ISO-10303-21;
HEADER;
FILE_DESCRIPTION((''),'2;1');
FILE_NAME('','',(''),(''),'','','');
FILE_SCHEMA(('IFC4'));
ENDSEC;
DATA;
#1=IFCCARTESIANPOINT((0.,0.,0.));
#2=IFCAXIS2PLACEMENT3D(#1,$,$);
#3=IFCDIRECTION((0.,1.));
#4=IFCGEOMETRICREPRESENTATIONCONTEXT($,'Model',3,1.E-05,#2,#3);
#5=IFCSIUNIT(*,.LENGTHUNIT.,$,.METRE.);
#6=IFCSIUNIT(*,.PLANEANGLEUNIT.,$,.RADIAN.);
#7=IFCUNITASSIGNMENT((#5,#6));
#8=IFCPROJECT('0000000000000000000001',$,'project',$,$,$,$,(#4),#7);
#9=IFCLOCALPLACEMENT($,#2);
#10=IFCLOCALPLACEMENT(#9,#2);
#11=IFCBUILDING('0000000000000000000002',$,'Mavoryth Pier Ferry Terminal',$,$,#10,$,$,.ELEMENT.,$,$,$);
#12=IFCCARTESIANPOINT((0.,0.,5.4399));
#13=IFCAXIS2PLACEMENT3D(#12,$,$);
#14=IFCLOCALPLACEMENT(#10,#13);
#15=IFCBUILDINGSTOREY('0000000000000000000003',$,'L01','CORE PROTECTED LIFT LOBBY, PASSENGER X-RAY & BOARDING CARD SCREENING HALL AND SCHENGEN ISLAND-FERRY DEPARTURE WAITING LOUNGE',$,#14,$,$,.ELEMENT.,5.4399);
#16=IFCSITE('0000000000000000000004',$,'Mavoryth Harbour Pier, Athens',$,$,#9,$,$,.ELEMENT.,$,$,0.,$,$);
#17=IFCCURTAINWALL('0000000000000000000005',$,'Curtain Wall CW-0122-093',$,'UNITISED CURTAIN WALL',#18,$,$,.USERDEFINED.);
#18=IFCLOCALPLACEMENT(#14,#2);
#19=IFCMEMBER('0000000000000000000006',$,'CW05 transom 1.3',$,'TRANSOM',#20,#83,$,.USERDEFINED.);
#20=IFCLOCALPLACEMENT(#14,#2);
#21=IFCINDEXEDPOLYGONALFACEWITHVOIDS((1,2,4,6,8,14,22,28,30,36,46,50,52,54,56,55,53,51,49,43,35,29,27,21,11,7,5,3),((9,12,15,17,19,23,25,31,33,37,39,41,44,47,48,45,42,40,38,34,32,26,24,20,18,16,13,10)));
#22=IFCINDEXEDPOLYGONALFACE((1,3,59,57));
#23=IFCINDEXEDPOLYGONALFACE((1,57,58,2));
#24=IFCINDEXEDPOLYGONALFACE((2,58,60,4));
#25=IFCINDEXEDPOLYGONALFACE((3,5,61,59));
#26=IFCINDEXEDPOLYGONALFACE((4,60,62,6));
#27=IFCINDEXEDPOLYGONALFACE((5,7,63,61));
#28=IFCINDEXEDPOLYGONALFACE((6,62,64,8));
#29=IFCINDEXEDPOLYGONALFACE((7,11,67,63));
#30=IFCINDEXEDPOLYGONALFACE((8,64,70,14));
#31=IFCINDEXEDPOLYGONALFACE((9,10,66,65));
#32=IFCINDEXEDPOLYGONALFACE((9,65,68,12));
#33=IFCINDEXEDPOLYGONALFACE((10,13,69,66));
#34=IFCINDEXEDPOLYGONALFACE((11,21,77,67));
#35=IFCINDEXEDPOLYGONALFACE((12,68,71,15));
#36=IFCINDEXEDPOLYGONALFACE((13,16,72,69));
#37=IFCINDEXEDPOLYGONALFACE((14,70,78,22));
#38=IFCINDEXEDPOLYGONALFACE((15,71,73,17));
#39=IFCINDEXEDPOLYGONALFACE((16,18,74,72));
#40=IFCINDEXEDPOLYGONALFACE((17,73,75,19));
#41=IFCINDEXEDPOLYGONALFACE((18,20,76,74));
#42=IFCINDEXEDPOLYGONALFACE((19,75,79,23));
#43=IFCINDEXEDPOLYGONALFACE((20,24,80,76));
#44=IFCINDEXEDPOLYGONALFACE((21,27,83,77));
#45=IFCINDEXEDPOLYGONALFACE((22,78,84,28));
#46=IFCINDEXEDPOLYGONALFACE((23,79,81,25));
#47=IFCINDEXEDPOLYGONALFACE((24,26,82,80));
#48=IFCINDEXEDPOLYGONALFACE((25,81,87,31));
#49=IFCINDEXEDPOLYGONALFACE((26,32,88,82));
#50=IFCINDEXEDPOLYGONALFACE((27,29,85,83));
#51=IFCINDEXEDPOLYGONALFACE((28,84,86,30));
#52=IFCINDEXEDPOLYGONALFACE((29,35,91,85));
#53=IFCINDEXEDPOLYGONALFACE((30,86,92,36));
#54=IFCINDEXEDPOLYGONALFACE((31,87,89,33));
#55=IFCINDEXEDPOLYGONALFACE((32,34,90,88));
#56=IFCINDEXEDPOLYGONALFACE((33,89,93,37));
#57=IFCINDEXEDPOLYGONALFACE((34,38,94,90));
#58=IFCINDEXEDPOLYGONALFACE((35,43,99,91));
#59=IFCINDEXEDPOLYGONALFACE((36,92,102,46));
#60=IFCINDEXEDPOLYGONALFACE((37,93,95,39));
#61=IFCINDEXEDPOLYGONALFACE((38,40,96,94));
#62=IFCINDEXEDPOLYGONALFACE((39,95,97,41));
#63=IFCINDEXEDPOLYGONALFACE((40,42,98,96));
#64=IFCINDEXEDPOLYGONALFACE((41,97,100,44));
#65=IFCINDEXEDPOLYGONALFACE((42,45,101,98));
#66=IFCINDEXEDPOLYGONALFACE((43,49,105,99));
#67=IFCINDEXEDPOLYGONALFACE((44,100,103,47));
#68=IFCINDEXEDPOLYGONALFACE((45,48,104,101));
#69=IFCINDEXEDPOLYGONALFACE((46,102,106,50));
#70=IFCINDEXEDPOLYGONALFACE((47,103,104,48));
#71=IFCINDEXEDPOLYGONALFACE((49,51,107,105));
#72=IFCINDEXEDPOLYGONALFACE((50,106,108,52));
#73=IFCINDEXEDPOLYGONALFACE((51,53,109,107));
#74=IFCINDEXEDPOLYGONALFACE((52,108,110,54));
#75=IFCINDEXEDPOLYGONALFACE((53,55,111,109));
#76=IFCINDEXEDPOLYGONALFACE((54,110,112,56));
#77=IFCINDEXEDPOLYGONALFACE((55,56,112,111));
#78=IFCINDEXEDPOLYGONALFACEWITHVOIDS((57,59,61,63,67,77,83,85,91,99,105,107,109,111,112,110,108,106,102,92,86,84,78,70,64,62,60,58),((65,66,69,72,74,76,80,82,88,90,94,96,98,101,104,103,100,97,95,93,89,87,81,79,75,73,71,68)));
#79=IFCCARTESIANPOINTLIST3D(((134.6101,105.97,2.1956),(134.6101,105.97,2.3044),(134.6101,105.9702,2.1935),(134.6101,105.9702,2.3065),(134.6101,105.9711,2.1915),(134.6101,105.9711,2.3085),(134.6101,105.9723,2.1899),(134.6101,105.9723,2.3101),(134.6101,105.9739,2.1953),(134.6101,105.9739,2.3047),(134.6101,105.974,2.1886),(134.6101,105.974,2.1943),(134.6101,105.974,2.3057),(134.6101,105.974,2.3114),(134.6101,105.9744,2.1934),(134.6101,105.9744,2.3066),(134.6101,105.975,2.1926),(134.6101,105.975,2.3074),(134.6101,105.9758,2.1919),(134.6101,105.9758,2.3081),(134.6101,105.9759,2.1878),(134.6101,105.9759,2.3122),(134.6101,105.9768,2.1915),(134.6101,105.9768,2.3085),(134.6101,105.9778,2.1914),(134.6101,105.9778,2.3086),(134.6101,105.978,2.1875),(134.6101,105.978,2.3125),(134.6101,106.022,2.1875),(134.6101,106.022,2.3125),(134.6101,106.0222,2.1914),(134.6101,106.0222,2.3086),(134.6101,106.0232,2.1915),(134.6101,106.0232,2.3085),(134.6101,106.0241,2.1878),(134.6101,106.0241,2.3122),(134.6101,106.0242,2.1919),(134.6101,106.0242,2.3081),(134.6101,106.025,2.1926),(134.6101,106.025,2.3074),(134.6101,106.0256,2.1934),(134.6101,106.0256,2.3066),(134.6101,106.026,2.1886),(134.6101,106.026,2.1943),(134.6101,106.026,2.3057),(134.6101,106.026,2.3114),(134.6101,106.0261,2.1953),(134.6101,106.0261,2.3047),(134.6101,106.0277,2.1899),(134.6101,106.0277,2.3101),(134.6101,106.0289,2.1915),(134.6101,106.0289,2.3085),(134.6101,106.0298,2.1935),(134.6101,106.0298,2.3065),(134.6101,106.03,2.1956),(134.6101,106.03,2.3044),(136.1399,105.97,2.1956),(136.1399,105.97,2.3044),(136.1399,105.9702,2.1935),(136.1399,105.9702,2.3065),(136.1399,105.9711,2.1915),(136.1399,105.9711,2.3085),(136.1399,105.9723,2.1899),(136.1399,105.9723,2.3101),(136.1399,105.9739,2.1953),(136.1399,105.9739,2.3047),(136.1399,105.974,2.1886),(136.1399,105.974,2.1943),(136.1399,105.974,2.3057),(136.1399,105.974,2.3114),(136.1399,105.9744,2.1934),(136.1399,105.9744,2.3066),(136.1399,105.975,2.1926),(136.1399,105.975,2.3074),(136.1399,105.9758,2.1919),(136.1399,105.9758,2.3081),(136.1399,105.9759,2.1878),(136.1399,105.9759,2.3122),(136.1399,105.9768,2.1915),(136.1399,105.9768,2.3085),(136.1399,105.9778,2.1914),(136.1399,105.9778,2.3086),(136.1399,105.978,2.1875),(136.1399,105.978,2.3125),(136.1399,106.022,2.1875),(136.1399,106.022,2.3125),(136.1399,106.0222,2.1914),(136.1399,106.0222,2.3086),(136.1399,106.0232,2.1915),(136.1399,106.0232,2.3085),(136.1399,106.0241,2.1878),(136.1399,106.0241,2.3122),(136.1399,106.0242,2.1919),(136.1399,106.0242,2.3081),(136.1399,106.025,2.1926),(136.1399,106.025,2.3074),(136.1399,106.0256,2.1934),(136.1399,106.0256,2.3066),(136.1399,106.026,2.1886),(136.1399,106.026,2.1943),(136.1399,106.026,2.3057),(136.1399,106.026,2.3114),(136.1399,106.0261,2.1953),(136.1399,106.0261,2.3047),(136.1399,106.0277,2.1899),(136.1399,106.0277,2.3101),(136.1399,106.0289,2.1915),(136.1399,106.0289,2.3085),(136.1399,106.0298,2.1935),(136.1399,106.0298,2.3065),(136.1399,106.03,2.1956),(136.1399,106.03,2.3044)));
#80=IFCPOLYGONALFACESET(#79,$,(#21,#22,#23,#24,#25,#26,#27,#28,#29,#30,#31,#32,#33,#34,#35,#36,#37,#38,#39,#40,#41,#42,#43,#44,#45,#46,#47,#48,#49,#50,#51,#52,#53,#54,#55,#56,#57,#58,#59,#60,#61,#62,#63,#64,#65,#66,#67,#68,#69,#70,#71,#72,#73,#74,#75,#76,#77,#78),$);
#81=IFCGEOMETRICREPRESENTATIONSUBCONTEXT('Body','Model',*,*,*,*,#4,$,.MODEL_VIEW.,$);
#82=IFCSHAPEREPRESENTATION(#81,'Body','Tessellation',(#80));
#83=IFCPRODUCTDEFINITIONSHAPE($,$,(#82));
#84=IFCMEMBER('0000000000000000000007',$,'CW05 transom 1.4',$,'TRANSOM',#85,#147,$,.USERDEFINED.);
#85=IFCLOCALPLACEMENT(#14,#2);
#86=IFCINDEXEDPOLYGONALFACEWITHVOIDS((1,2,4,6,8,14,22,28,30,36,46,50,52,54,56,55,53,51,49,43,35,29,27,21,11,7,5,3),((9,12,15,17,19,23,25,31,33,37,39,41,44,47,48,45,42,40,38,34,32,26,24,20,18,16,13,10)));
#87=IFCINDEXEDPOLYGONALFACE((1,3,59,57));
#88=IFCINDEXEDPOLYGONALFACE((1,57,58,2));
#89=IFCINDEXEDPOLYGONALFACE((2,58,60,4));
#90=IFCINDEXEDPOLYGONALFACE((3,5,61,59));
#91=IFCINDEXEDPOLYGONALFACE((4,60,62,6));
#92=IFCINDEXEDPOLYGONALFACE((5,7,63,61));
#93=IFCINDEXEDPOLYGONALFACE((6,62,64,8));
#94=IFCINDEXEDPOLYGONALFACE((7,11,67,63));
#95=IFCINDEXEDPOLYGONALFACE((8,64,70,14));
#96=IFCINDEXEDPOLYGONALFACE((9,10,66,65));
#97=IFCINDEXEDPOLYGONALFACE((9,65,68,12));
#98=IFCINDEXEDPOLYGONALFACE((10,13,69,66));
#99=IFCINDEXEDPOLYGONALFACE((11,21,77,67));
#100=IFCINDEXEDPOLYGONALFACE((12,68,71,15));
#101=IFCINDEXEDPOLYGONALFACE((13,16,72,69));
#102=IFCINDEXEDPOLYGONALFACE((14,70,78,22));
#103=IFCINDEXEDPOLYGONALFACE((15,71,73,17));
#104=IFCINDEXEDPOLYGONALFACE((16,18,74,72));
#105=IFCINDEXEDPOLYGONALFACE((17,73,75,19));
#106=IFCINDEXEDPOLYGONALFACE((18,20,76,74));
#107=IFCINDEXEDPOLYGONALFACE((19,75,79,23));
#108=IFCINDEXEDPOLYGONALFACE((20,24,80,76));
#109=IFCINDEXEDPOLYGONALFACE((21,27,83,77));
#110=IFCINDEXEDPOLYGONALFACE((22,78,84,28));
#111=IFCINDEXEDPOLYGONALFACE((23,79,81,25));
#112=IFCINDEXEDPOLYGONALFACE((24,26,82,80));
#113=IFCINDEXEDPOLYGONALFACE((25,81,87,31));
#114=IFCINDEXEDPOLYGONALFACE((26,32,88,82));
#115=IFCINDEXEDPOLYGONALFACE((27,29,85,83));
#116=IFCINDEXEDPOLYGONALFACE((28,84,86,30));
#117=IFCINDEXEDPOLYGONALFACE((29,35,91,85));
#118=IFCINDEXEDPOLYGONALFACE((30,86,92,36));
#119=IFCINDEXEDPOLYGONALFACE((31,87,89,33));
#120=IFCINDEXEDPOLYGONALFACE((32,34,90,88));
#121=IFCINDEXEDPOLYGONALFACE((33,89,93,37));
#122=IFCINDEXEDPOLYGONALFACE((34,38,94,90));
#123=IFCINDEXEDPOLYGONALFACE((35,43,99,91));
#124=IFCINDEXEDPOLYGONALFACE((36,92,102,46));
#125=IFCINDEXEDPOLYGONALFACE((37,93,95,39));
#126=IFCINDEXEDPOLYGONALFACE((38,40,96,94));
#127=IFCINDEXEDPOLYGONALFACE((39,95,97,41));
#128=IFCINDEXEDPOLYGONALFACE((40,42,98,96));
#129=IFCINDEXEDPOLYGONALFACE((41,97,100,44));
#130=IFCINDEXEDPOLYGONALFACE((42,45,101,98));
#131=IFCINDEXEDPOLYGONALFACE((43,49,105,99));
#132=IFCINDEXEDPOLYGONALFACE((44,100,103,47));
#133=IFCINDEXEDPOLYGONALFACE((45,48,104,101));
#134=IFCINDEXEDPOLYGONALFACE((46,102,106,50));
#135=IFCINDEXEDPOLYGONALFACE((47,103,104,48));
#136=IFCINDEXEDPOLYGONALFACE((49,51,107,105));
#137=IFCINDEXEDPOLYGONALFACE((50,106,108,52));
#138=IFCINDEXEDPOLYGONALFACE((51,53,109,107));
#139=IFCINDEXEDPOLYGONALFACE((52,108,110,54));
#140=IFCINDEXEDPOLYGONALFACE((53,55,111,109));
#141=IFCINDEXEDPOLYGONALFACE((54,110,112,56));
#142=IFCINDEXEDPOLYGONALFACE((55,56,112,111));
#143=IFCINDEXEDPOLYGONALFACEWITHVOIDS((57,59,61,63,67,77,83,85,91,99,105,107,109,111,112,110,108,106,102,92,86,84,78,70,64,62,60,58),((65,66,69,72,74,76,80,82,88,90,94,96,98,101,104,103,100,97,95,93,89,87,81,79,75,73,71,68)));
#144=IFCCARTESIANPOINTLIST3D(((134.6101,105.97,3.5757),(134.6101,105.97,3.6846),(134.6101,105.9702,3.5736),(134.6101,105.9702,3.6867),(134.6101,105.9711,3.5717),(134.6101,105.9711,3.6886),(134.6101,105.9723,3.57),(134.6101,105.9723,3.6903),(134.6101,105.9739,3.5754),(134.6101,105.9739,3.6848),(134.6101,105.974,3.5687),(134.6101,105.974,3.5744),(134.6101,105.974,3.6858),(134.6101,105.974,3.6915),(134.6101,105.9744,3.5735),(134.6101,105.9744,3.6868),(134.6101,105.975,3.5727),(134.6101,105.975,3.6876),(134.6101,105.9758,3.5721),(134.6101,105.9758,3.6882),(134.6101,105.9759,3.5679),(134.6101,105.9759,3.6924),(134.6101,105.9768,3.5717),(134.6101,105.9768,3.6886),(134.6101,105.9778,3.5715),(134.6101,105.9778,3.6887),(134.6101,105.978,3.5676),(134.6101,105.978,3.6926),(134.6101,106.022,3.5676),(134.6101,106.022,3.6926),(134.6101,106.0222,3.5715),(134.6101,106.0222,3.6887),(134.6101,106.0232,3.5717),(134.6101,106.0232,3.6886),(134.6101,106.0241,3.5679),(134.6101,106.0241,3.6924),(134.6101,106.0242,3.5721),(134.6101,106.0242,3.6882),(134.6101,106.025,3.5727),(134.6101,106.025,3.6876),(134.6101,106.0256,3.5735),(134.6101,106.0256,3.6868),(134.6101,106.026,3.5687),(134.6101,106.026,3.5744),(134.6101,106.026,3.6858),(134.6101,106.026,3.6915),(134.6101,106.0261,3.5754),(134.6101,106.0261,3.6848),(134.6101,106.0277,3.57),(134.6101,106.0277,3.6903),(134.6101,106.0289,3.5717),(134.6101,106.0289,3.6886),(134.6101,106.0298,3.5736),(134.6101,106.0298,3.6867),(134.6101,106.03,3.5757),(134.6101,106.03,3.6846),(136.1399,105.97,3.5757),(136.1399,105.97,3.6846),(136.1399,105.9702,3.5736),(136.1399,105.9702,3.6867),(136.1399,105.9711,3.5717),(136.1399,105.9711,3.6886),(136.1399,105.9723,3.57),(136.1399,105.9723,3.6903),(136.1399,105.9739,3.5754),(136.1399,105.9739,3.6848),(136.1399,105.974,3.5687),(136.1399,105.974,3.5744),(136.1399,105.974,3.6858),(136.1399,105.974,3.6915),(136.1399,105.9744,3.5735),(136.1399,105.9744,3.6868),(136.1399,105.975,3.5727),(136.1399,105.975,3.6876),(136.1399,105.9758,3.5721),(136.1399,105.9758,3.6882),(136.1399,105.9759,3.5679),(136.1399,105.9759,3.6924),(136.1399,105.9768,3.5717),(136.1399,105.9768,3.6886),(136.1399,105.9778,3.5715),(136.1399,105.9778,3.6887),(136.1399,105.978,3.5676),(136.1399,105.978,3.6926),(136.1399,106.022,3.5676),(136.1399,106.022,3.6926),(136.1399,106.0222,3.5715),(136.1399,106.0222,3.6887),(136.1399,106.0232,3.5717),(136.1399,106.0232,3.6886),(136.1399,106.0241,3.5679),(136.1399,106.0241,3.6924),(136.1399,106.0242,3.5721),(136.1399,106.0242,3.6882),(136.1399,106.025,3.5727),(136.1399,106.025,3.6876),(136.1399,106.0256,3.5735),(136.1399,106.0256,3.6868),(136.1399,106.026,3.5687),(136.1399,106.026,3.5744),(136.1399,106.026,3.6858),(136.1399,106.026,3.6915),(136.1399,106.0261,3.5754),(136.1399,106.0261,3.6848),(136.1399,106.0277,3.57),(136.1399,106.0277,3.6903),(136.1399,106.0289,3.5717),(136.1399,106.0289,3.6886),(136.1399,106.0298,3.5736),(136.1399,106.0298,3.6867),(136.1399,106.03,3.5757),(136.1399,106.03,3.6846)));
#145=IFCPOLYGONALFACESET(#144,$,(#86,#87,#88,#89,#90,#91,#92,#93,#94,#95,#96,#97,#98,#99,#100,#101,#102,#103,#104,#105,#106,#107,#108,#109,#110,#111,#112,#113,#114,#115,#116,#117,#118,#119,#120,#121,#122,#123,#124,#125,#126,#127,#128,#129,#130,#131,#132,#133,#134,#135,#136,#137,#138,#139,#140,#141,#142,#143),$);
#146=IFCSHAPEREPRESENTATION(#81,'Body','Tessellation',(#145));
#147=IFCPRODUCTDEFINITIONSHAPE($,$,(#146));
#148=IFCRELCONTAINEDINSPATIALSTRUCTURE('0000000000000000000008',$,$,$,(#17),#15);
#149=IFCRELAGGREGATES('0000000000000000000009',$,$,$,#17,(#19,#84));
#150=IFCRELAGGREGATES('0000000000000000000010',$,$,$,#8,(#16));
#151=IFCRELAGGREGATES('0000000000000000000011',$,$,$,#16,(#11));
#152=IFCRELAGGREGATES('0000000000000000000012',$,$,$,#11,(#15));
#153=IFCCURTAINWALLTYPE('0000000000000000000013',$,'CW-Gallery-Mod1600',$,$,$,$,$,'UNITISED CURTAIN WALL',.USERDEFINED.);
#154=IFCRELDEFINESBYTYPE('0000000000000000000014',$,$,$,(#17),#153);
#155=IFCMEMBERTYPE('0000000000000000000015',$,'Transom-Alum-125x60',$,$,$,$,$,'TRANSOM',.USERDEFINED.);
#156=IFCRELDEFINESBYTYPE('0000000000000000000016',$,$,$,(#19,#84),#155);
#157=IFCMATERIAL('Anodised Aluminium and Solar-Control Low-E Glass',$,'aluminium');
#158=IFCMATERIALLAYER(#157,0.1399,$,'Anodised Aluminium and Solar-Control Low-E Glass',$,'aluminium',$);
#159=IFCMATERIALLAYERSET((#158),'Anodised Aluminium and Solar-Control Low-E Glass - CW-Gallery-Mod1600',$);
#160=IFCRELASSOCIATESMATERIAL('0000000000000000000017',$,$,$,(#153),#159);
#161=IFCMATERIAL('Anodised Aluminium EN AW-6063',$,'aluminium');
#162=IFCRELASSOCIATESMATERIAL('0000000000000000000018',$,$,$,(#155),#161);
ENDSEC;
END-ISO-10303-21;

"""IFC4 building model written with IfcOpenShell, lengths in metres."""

from ifc_helpers import new_model, si_unit, direction, frame, origin, origin_2d, place, context, subcontext, project, spatial, hollow_rectangle, extrude, material, layer, layer_set, material_profile, profile_set, type_object, element, aggregate, save


model = new_model("IFC4")

# Units and contexts
model_context = context("Model", 3, precision=1e-05, world=origin(), true_north=direction((0.0, 1.0)))
body_context = subcontext(model_context, "Body", "Model", "MODEL_VIEW")
ifc_project = project(units=[si_unit("LENGTHUNIT", "METRE"), si_unit("PLANEANGLEUNIT", "RADIAN")], contexts=[model_context])

# Site, building, storey
site_placement = place(None, origin())
site = spatial("IfcSite", under=ifc_project, at=site_placement, Name="Mavoryth Harbour Pier, Athens", CompositionType="ELEMENT", RefElevation=0.0)
building_placement = place(site_placement, origin())
building = spatial("IfcBuilding", under=site, at=building_placement, Name="Mavoryth Pier Ferry Terminal", CompositionType="ELEMENT")
storey_placement = place(building_placement, frame((0.0, 0.0, 5.4399)))
storey = spatial("IfcBuildingStorey", under=building, at=storey_placement, Name="L01", Description="CORE PROTECTED LIFT LOBBY, PASSENGER X-RAY & BOARDING CARD SCREENING HALL AND SCHENGEN ISLAND-FERRY DEPARTURE WAITING LOUNGE", CompositionType="ELEMENT", Elevation=5.4399)

# Curtain wall
ifc_material_1 = material(Name="Anodised Aluminium and Solar-Control Low-E Glass", Category="aluminium")
ifc_layer_1 = layer(ifc_material_1, 0.1399, Name="Anodised Aluminium and Solar-Control Low-E Glass", Category="aluminium")
ifc_layer_set_1 = layer_set([ifc_layer_1], Name="Anodised Aluminium and Solar-Control Low-E Glass - CW-Gallery-Mod1600")
curtain_wall_type = type_object("IfcCurtainWallType", Name="CW-Gallery-Mod1600", ElementType="UNITISED CURTAIN WALL", PredefinedType="USERDEFINED", material=ifc_layer_set_1)
ifc_material_2 = material(Name="Anodised Aluminium EN AW-6063", Category="aluminium")
curtain_wall_1_placement = place(storey_placement, origin())
curtain_wall_1 = element("IfcCurtainWall", 1, at=curtain_wall_1_placement, inside=storey, type_object=curtain_wall_type, Name="Curtain Wall CW-0122-093", ObjectType="UNITISED CURTAIN WALL", PredefinedType="USERDEFINED")

# Members
ifc_material_profile_1 = material_profile(ifc_material_2, hollow_rectangle(XDim=0.0601, YDim=0.125, WallThickness=0.0039, InnerFilletRadius=0.0039, OuterFilletRadius=0.0081, at=origin_2d()), Name="AL-TRAN 125x60x4", Category="aluminium")
ifc_profile_set_1 = profile_set([ifc_material_profile_1], Name="Anodised Aluminium EN AW-6063 - AL-TRAN 125x60x4")
member_type_1 = type_object("IfcMemberType", Name="Transom-Alum-125x60", ElementType="TRANSOM", PredefinedType="USERDEFINED", material=ifc_profile_set_1)
member_1_placement = place(storey_placement, frame((134.6101, 106.0, 2.25), z_axis=(1.0, 0.0, 0.0), x_axis=(0.0, 1.0, 0.0)))
member_1 = element("IfcMember", 2, at=member_1_placement, type_object=member_type_1, Name="CW05 transom 1.3", ObjectType="TRANSOM", PredefinedType="USERDEFINED", context=body_context, shape_type="SweptSolid", body=[
    extrude(hollow_rectangle(XDim=0.0601, YDim=0.125, WallThickness=0.0039, InnerFilletRadius=0.0039, OuterFilletRadius=0.0081, at=origin_2d()), origin(), (0.0, 0.0, 1.0), 1.5298),
])
member_2_placement = place(storey_placement, frame((134.6101, 106.0, 3.6301), z_axis=(1.0, 0.0, 0.0), x_axis=(0.0, 1.0, 0.0)))
member_2 = element("IfcMember", 3, at=member_2_placement, type_object=member_type_1, Name="CW05 transom 1.4", ObjectType="TRANSOM", PredefinedType="USERDEFINED", context=body_context, shape_type="SweptSolid", body=[
    extrude(hollow_rectangle(XDim=0.0601, YDim=0.125, WallThickness=0.0039, InnerFilletRadius=0.0039, OuterFilletRadius=0.0081, at=origin_2d()), origin(), (0.0, 0.0, 1.0), 1.5298),
])

aggregate(curtain_wall_1, [member_1, member_2])

save(model, "model.ifc")
